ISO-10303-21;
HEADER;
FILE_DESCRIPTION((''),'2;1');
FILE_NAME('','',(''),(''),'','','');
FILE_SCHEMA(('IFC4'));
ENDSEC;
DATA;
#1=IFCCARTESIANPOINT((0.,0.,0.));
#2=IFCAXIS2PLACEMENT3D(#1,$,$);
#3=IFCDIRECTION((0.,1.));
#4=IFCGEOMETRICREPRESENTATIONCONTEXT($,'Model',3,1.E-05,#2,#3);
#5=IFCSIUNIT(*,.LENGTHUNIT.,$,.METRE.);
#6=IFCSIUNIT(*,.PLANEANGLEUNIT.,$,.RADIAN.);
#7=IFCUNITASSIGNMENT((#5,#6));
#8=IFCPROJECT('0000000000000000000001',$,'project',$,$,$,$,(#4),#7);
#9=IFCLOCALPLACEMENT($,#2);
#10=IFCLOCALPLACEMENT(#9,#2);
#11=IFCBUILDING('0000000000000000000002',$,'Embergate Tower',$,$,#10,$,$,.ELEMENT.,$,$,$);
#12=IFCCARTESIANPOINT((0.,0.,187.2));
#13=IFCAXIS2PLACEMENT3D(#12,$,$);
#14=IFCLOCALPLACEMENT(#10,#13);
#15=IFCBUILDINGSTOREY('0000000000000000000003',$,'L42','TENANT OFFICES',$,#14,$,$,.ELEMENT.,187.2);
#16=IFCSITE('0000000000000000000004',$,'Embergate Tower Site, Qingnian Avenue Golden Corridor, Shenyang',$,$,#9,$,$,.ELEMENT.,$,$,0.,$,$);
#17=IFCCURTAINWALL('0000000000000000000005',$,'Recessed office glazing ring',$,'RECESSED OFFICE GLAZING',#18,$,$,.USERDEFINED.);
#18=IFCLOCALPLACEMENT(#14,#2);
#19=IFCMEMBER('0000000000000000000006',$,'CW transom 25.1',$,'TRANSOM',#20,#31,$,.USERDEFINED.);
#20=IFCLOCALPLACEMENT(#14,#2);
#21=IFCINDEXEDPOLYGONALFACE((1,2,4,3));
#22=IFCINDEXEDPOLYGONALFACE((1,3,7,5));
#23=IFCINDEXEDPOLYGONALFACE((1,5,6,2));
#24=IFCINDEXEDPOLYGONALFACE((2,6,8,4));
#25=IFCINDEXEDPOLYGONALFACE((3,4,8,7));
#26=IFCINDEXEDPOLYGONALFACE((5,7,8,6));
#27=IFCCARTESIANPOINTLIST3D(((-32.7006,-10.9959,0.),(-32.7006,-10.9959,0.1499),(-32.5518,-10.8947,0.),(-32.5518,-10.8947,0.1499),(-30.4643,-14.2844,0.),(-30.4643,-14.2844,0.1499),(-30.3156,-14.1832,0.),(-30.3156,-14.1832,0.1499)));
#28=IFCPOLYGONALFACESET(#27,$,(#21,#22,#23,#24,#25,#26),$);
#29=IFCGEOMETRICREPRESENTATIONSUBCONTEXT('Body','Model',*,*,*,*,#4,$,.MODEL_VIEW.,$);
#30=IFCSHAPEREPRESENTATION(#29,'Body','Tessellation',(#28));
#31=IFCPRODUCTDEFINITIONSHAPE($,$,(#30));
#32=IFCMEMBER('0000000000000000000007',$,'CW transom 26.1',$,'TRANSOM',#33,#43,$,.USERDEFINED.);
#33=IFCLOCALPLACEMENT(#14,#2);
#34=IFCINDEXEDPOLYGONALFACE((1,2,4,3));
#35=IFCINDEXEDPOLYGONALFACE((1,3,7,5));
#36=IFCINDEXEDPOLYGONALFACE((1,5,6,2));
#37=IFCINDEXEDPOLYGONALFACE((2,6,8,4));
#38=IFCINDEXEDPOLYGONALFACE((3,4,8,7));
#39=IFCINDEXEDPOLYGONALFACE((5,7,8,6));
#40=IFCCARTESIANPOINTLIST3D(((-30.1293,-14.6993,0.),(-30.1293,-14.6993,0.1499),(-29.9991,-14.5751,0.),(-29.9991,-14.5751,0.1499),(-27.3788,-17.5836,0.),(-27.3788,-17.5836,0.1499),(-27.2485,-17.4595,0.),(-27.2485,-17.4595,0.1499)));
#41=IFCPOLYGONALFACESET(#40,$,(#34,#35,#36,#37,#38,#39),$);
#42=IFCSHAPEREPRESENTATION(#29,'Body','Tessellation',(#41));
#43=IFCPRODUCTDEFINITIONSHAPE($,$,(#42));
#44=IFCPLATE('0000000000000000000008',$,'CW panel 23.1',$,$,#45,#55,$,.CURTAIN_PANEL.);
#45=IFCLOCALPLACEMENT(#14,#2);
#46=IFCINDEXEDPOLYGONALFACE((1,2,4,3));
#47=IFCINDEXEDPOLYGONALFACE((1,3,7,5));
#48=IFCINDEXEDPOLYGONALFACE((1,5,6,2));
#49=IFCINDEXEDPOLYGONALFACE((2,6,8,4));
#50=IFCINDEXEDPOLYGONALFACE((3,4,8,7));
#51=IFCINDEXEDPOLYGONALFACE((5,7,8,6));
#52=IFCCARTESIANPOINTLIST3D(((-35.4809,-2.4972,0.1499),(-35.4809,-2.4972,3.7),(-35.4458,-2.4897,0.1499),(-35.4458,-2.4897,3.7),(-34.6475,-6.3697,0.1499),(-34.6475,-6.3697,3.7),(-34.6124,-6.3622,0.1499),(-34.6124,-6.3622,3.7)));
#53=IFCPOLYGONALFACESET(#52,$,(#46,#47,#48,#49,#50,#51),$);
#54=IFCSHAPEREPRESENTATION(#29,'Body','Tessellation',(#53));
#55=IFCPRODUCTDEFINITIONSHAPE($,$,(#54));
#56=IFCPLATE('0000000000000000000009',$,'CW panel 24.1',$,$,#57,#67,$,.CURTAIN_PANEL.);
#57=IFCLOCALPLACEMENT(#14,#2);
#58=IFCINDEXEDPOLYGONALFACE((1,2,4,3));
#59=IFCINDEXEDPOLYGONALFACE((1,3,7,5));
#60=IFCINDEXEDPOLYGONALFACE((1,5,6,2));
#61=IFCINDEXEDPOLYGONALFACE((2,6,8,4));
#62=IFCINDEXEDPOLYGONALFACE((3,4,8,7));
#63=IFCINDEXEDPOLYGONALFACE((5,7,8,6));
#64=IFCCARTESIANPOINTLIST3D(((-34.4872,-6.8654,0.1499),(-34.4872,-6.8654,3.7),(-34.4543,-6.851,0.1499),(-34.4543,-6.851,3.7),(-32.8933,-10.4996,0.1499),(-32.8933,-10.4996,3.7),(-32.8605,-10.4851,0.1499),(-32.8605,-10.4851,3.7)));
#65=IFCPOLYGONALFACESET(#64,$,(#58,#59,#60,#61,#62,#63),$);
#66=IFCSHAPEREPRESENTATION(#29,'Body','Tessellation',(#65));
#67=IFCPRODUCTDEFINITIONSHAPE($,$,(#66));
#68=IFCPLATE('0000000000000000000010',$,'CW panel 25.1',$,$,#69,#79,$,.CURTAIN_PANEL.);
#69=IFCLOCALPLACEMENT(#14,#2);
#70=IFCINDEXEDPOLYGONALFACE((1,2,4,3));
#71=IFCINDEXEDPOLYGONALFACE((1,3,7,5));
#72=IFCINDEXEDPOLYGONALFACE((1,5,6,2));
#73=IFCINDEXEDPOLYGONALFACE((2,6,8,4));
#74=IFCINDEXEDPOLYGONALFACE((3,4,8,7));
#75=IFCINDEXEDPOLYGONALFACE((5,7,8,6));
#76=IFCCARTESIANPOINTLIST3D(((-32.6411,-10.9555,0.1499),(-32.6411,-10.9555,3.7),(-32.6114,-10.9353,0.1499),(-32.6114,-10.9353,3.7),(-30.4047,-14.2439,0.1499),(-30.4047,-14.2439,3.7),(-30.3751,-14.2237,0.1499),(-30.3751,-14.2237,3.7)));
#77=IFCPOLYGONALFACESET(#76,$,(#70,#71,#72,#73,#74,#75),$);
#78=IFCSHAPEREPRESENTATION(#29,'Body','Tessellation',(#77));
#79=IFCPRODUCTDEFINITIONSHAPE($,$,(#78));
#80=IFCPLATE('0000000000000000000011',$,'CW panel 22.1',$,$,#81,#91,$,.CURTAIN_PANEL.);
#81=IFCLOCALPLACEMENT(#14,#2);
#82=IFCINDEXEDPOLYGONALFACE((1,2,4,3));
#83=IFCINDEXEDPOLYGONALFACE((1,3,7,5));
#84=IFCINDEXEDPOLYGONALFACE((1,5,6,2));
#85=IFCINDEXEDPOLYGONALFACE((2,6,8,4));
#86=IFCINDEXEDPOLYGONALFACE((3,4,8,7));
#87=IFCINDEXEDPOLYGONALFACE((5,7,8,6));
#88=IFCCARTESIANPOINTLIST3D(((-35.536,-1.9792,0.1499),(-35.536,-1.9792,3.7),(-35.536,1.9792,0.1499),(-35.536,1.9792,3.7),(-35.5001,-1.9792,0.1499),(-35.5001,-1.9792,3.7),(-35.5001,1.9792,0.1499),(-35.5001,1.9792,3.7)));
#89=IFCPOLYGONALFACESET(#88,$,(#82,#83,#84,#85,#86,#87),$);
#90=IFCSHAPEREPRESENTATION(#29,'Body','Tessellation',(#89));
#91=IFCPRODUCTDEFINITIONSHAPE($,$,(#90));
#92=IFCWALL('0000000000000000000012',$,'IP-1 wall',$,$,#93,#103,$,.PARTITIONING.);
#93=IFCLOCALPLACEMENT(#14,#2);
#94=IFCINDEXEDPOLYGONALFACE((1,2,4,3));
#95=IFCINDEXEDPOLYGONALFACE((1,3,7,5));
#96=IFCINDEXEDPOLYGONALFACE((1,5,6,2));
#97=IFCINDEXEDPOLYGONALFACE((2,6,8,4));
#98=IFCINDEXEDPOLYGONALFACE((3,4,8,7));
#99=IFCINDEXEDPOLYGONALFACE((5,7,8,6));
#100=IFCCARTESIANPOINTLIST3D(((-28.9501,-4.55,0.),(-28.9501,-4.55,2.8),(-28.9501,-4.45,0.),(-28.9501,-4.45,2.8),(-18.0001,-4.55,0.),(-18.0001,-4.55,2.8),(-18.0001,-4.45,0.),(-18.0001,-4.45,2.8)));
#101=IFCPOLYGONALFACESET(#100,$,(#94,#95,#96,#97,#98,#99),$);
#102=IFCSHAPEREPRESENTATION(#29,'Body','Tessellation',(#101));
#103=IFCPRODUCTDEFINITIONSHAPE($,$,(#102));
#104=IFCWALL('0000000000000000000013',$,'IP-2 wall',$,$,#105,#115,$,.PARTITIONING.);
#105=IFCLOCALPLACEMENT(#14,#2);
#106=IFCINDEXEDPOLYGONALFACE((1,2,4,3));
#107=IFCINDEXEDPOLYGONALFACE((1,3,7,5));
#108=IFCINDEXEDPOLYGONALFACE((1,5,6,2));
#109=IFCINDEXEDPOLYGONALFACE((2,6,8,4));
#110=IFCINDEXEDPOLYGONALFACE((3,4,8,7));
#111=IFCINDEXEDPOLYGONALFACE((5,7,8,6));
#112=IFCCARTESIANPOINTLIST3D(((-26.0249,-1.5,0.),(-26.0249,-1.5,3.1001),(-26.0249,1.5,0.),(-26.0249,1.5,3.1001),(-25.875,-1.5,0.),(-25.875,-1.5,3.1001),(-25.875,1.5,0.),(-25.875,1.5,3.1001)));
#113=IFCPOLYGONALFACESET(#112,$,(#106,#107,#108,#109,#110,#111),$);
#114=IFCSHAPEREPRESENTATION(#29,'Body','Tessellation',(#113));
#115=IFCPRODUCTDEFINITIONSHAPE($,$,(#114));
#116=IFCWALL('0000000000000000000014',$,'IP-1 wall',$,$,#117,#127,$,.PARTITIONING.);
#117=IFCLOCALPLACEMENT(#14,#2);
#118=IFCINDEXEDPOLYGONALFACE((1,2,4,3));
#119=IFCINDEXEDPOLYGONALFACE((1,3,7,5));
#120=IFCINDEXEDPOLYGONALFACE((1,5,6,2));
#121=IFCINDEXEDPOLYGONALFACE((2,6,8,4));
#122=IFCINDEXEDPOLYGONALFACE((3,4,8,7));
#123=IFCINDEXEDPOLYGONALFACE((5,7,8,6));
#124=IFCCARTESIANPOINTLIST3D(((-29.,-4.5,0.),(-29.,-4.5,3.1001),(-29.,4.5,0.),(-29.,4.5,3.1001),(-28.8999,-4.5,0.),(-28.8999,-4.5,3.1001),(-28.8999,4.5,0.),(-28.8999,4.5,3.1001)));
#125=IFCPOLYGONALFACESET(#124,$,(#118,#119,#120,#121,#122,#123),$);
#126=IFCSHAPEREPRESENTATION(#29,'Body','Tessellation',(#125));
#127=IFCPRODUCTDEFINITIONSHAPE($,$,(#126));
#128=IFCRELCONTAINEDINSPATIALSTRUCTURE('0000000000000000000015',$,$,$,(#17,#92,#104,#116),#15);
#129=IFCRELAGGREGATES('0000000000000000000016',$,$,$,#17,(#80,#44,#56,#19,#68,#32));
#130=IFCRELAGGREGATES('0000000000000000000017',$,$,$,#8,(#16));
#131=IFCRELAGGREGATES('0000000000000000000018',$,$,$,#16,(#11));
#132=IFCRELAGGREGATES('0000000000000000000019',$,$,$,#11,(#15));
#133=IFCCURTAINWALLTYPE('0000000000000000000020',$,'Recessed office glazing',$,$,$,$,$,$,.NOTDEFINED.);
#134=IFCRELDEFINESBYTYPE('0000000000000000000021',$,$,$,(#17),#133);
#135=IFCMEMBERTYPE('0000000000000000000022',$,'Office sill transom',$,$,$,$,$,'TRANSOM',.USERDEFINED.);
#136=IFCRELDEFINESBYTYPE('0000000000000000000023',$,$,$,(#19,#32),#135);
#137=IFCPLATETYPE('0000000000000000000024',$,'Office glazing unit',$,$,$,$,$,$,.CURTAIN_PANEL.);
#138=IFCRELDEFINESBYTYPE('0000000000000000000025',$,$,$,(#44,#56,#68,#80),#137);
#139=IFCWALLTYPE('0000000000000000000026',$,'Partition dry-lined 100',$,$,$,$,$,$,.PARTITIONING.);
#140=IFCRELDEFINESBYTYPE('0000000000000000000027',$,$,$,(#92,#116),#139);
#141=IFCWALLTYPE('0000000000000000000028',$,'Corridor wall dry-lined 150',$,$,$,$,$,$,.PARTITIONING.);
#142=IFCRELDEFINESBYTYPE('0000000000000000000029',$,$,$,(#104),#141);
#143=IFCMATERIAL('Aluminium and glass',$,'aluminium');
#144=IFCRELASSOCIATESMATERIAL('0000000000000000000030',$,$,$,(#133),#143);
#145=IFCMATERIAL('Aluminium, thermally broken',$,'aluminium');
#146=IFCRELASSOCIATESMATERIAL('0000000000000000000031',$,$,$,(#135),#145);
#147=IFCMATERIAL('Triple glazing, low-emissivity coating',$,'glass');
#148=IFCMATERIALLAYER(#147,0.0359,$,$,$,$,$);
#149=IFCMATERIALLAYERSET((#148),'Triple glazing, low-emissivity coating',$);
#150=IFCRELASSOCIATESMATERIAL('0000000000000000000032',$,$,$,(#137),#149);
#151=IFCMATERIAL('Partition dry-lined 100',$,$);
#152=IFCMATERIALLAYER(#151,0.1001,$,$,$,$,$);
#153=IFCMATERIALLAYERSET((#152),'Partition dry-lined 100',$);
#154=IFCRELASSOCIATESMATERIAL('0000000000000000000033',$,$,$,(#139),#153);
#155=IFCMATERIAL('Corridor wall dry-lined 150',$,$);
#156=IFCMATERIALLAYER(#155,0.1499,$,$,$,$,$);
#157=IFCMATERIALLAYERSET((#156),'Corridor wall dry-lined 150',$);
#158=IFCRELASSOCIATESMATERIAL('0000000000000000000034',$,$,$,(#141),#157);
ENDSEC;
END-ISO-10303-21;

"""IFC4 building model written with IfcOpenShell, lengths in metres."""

from ifc_helpers import new_model, si_unit, direction, frame, frame_2d, origin, origin_2d, place, context, subcontext, project, spatial, rectangle, extrude, source, transform, mapped, material, layer, layer_set, material_profile, profile_set, type_object, element, aggregate, save


model = new_model("IFC4")

# Units and contexts
model_context = context("Model", 3, precision=1e-05, world=origin(), true_north=direction((0.0, 1.0)))
body_context = subcontext(model_context, "Body", "Model", "MODEL_VIEW")
ifc_project = project(units=[si_unit("LENGTHUNIT", "METRE"), si_unit("PLANEANGLEUNIT", "RADIAN")], contexts=[model_context])

# Site, building, storey
site_placement = place(None, origin())
site = spatial("IfcSite", under=ifc_project, at=site_placement, Name="Embergate Tower Site, Qingnian Avenue Golden Corridor, Shenyang", CompositionType="ELEMENT", RefElevation=0.0)
building_placement = place(site_placement, origin())
building = spatial("IfcBuilding", under=site, at=building_placement, Name="Embergate Tower", CompositionType="ELEMENT")
storey_placement = place(building_placement, frame((0.0, 0.0, 187.2)))
storey = spatial("IfcBuildingStorey", under=building, at=storey_placement, Name="L42", Description="TENANT OFFICES", CompositionType="ELEMENT", Elevation=187.2)

# Curtain wall, members, plates
ifc_material_1 = material(Name="Aluminium and glass", Category="aluminium")
curtain_wall_type = type_object("IfcCurtainWallType", Name="Recessed office glazing", PredefinedType="NOTDEFINED", material=ifc_material_1)
curtain_wall_placement = place(storey_placement, origin())
curtain_wall = element("IfcCurtainWall", 1, at=curtain_wall_placement, inside=storey, type_object=curtain_wall_type, Name="Recessed office glazing ring", ObjectType="RECESSED OFFICE GLAZING", PredefinedType="USERDEFINED")
ifc_material_2 = material(Name="Aluminium, thermally broken", Category="aluminium")
ifc_material_profile_1 = material_profile(ifc_material_2, rectangle(XDim=0.1799, YDim=0.1499, at=origin_2d()), Name="AL 150x180")
ifc_profile_set_1 = profile_set([ifc_material_profile_1], Name="Aluminium, thermally broken")
member_type_1 = type_object("IfcMemberType", Name="Office sill transom", ElementType="TRANSOM", PredefinedType="USERDEFINED", material=ifc_profile_set_1)
shared_shape_1 = source(origin(), body_context, "Body", "SweptSolid", [
    extrude(rectangle(XDim=0.1799, YDim=0.1499, at=origin_2d()), origin(), (0.0, 0.0, 1.0), 3.9768),
])
member_1_placement = place(storey_placement, frame((-32.6262, -10.9453, 0.075), z_axis=(0.562327, -0.826915, 0.0), x_axis=(0.826915, 0.562327, 0.0)))
member_1 = element("IfcMember", 2, at=member_1_placement, type_object=member_type_1, Name="CW transom 25.1", ObjectType="TRANSOM", PredefinedType="USERDEFINED", context=body_context, shape_type="MappedRepresentation", body=[
    mapped(shared_shape_1, transform((0.0, 0.0, 0.0))),
])
shared_shape_2 = source(origin(), body_context, "Body", "SweptSolid", [
    extrude(rectangle(XDim=0.1799, YDim=0.1499, at=origin_2d()), origin(), (0.0, 0.0, 1.0), 3.9856),
])
member_2_placement = place(storey_placement, frame((-30.0642, -14.6372, 0.075), z_axis=(0.690123, -0.723692, 0.0), x_axis=(0.723692, 0.690123, 0.0)))
member_2 = element("IfcMember", 3, at=member_2_placement, type_object=member_type_1, Name="CW transom 26.1", ObjectType="TRANSOM", PredefinedType="USERDEFINED", context=body_context, shape_type="MappedRepresentation", body=[
    mapped(shared_shape_2, transform((0.0, 0.0, 0.0))),
])
ifc_material_3 = material(Name="Triple glazing, low-emissivity coating", Category="glass")
ifc_layer_1 = layer(ifc_material_3, 0.0359)
ifc_layer_set_1 = layer_set([ifc_layer_1], Name="Triple glazing, low-emissivity coating")
plate_type = type_object("IfcPlateType", Name="Office glazing unit", PredefinedType="CURTAIN_PANEL", material=ifc_layer_set_1)
shared_shape_3 = source(origin(), body_context, "Body", "SweptSolid", [
    extrude(rectangle(XDim=3.9612, YDim=0.0359, at=origin_2d()), origin(), (0.0, 0.0, 1.0), 3.55),
])
plate_1_placement = place(storey_placement, frame((-35.0466, -4.4297, 0.1499), z_axis=(0.0, 0.0, 1.0), x_axis=(0.210397, -0.977616, 0.0)))
plate_1 = element("IfcPlate", 4, at=plate_1_placement, type_object=plate_type, Name="CW panel 23.1", PredefinedType="CURTAIN_PANEL", context=body_context, shape_type="MappedRepresentation", body=[
    mapped(shared_shape_3, transform((0.0, 0.0, 0.0))),
])
shared_shape_4 = source(origin(), body_context, "Body", "SweptSolid", [
    extrude(rectangle(XDim=3.9683, YDim=0.0359, at=origin_2d()), origin(), (0.0, 0.0, 1.0), 3.55),
])
plate_2_placement = place(storey_placement, frame((-33.6738, -8.6753, 0.1499), z_axis=(0.0, 0.0, 1.0), x_axis=(0.401651, -0.915793, 0.0)))
plate_2 = element("IfcPlate", 5, at=plate_2_placement, type_object=plate_type, Name="CW panel 24.1", PredefinedType="CURTAIN_PANEL", context=body_context, shape_type="MappedRepresentation", body=[
    mapped(shared_shape_4, transform((0.0, 0.0, 0.0))),
])
shared_shape_5 = source(origin(), body_context, "Body", "SweptSolid", [
    extrude(rectangle(XDim=3.9768, YDim=0.0359, at=origin_2d()), origin(), (0.0, 0.0, 1.0), 3.55),
])
plate_3_placement = place(storey_placement, frame((-31.5081, -12.5896, 0.1499), z_axis=(0.0, 0.0, 1.0), x_axis=(0.56234, -0.826906, 0.0)))
plate_3 = element("IfcPlate", 6, at=plate_3_placement, type_object=plate_type, Name="CW panel 25.1", PredefinedType="CURTAIN_PANEL", context=body_context, shape_type="MappedRepresentation", body=[
    mapped(shared_shape_5, transform((0.0, 0.0, 0.0))),
])
shared_shape_6 = source(origin(), body_context, "Body", "SweptSolid", [
    extrude(rectangle(XDim=3.9585, YDim=0.0359, at=origin_2d()), origin(), (0.0, 0.0, 1.0), 3.55),
])
plate_4_placement = place(storey_placement, frame((-35.5181, 0.0, 0.1499), z_axis=(0.0, 0.0, 1.0), x_axis=(0.0, -1.0, 0.0)))
plate_4 = element("IfcPlate", 7, at=plate_4_placement, type_object=plate_type, Name="CW panel 22.1", PredefinedType="CURTAIN_PANEL", context=body_context, shape_type="MappedRepresentation", body=[
    mapped(shared_shape_6, transform((0.0, 0.0, 0.0))),
])
aggregate(curtain_wall, [plate_4, plate_1, plate_2, member_1, plate_3, member_2])

# Walls
ifc_material_4 = material(Name="Partition dry-lined 100")
ifc_layer_2 = layer(ifc_material_4, 0.1001)
ifc_layer_set_2 = layer_set([ifc_layer_2], Name="Partition dry-lined 100")
wall_type_1 = type_object("IfcWallType", Name="Partition dry-lined 100", PredefinedType="PARTITIONING", material=ifc_layer_set_2)
shared_shape_7 = source(origin(), body_context, "Body", "SweptSolid", [
    extrude(rectangle(XDim=10.95, YDim=0.1001, at=frame_2d((5.4751, 0.0))), origin(), (0.0, 0.0, 1.0), 2.8),
])
wall_1_placement = place(storey_placement, frame((-18.0, -4.5, 0.0), z_axis=(0.0, 0.0, 1.0), x_axis=(-1.0, 0.0, 0.0)))
element("IfcWall", 8, at=wall_1_placement, inside=storey, type_object=wall_type_1, Name="IP-1 wall", PredefinedType="PARTITIONING", context=body_context, shape_type="MappedRepresentation", body=[
    mapped(shared_shape_7, transform((0.0, 0.0, 0.0))),
])
ifc_material_5 = material(Name="Corridor wall dry-lined 150")
ifc_layer_3 = layer(ifc_material_5, 0.1499)
ifc_layer_set_3 = layer_set([ifc_layer_3], Name="Corridor wall dry-lined 150")
wall_type_2 = type_object("IfcWallType", Name="Corridor wall dry-lined 150", PredefinedType="PARTITIONING", material=ifc_layer_set_3)
shared_shape_8 = source(origin(), body_context, "Body", "SweptSolid", [
    extrude(rectangle(XDim=3.0, YDim=0.1499, at=frame_2d((1.5, 0.0))), origin(), (0.0, 0.0, 1.0), 3.1001),
])
wall_2_placement = place(storey_placement, frame((-25.95, -1.5, 0.0), z_axis=(0.0, 0.0, 1.0), x_axis=(0.0, 1.0, 0.0)))
element("IfcWall", 9, at=wall_2_placement, inside=storey, type_object=wall_type_2, Name="IP-2 wall", PredefinedType="PARTITIONING", context=body_context, shape_type="MappedRepresentation", body=[
    mapped(shared_shape_8, transform((0.0, 0.0, 0.0))),
])
shared_shape_9 = source(origin(), body_context, "Body", "SweptSolid", [
    extrude(rectangle(XDim=9.0, YDim=0.1001, at=frame_2d((4.5, 0.0))), origin(), (0.0, 0.0, 1.0), 3.1001),
])
wall_3_placement = place(storey_placement, frame((-28.95, -4.5, 0.0), z_axis=(0.0, 0.0, 1.0), x_axis=(0.0, 1.0, 0.0)))
element("IfcWall", 10, at=wall_3_placement, inside=storey, type_object=wall_type_1, Name="IP-1 wall", PredefinedType="PARTITIONING", context=body_context, shape_type="MappedRepresentation", body=[
    mapped(shared_shape_9, transform((0.0, 0.0, 0.0))),
])

save(model, "model.ifc")
